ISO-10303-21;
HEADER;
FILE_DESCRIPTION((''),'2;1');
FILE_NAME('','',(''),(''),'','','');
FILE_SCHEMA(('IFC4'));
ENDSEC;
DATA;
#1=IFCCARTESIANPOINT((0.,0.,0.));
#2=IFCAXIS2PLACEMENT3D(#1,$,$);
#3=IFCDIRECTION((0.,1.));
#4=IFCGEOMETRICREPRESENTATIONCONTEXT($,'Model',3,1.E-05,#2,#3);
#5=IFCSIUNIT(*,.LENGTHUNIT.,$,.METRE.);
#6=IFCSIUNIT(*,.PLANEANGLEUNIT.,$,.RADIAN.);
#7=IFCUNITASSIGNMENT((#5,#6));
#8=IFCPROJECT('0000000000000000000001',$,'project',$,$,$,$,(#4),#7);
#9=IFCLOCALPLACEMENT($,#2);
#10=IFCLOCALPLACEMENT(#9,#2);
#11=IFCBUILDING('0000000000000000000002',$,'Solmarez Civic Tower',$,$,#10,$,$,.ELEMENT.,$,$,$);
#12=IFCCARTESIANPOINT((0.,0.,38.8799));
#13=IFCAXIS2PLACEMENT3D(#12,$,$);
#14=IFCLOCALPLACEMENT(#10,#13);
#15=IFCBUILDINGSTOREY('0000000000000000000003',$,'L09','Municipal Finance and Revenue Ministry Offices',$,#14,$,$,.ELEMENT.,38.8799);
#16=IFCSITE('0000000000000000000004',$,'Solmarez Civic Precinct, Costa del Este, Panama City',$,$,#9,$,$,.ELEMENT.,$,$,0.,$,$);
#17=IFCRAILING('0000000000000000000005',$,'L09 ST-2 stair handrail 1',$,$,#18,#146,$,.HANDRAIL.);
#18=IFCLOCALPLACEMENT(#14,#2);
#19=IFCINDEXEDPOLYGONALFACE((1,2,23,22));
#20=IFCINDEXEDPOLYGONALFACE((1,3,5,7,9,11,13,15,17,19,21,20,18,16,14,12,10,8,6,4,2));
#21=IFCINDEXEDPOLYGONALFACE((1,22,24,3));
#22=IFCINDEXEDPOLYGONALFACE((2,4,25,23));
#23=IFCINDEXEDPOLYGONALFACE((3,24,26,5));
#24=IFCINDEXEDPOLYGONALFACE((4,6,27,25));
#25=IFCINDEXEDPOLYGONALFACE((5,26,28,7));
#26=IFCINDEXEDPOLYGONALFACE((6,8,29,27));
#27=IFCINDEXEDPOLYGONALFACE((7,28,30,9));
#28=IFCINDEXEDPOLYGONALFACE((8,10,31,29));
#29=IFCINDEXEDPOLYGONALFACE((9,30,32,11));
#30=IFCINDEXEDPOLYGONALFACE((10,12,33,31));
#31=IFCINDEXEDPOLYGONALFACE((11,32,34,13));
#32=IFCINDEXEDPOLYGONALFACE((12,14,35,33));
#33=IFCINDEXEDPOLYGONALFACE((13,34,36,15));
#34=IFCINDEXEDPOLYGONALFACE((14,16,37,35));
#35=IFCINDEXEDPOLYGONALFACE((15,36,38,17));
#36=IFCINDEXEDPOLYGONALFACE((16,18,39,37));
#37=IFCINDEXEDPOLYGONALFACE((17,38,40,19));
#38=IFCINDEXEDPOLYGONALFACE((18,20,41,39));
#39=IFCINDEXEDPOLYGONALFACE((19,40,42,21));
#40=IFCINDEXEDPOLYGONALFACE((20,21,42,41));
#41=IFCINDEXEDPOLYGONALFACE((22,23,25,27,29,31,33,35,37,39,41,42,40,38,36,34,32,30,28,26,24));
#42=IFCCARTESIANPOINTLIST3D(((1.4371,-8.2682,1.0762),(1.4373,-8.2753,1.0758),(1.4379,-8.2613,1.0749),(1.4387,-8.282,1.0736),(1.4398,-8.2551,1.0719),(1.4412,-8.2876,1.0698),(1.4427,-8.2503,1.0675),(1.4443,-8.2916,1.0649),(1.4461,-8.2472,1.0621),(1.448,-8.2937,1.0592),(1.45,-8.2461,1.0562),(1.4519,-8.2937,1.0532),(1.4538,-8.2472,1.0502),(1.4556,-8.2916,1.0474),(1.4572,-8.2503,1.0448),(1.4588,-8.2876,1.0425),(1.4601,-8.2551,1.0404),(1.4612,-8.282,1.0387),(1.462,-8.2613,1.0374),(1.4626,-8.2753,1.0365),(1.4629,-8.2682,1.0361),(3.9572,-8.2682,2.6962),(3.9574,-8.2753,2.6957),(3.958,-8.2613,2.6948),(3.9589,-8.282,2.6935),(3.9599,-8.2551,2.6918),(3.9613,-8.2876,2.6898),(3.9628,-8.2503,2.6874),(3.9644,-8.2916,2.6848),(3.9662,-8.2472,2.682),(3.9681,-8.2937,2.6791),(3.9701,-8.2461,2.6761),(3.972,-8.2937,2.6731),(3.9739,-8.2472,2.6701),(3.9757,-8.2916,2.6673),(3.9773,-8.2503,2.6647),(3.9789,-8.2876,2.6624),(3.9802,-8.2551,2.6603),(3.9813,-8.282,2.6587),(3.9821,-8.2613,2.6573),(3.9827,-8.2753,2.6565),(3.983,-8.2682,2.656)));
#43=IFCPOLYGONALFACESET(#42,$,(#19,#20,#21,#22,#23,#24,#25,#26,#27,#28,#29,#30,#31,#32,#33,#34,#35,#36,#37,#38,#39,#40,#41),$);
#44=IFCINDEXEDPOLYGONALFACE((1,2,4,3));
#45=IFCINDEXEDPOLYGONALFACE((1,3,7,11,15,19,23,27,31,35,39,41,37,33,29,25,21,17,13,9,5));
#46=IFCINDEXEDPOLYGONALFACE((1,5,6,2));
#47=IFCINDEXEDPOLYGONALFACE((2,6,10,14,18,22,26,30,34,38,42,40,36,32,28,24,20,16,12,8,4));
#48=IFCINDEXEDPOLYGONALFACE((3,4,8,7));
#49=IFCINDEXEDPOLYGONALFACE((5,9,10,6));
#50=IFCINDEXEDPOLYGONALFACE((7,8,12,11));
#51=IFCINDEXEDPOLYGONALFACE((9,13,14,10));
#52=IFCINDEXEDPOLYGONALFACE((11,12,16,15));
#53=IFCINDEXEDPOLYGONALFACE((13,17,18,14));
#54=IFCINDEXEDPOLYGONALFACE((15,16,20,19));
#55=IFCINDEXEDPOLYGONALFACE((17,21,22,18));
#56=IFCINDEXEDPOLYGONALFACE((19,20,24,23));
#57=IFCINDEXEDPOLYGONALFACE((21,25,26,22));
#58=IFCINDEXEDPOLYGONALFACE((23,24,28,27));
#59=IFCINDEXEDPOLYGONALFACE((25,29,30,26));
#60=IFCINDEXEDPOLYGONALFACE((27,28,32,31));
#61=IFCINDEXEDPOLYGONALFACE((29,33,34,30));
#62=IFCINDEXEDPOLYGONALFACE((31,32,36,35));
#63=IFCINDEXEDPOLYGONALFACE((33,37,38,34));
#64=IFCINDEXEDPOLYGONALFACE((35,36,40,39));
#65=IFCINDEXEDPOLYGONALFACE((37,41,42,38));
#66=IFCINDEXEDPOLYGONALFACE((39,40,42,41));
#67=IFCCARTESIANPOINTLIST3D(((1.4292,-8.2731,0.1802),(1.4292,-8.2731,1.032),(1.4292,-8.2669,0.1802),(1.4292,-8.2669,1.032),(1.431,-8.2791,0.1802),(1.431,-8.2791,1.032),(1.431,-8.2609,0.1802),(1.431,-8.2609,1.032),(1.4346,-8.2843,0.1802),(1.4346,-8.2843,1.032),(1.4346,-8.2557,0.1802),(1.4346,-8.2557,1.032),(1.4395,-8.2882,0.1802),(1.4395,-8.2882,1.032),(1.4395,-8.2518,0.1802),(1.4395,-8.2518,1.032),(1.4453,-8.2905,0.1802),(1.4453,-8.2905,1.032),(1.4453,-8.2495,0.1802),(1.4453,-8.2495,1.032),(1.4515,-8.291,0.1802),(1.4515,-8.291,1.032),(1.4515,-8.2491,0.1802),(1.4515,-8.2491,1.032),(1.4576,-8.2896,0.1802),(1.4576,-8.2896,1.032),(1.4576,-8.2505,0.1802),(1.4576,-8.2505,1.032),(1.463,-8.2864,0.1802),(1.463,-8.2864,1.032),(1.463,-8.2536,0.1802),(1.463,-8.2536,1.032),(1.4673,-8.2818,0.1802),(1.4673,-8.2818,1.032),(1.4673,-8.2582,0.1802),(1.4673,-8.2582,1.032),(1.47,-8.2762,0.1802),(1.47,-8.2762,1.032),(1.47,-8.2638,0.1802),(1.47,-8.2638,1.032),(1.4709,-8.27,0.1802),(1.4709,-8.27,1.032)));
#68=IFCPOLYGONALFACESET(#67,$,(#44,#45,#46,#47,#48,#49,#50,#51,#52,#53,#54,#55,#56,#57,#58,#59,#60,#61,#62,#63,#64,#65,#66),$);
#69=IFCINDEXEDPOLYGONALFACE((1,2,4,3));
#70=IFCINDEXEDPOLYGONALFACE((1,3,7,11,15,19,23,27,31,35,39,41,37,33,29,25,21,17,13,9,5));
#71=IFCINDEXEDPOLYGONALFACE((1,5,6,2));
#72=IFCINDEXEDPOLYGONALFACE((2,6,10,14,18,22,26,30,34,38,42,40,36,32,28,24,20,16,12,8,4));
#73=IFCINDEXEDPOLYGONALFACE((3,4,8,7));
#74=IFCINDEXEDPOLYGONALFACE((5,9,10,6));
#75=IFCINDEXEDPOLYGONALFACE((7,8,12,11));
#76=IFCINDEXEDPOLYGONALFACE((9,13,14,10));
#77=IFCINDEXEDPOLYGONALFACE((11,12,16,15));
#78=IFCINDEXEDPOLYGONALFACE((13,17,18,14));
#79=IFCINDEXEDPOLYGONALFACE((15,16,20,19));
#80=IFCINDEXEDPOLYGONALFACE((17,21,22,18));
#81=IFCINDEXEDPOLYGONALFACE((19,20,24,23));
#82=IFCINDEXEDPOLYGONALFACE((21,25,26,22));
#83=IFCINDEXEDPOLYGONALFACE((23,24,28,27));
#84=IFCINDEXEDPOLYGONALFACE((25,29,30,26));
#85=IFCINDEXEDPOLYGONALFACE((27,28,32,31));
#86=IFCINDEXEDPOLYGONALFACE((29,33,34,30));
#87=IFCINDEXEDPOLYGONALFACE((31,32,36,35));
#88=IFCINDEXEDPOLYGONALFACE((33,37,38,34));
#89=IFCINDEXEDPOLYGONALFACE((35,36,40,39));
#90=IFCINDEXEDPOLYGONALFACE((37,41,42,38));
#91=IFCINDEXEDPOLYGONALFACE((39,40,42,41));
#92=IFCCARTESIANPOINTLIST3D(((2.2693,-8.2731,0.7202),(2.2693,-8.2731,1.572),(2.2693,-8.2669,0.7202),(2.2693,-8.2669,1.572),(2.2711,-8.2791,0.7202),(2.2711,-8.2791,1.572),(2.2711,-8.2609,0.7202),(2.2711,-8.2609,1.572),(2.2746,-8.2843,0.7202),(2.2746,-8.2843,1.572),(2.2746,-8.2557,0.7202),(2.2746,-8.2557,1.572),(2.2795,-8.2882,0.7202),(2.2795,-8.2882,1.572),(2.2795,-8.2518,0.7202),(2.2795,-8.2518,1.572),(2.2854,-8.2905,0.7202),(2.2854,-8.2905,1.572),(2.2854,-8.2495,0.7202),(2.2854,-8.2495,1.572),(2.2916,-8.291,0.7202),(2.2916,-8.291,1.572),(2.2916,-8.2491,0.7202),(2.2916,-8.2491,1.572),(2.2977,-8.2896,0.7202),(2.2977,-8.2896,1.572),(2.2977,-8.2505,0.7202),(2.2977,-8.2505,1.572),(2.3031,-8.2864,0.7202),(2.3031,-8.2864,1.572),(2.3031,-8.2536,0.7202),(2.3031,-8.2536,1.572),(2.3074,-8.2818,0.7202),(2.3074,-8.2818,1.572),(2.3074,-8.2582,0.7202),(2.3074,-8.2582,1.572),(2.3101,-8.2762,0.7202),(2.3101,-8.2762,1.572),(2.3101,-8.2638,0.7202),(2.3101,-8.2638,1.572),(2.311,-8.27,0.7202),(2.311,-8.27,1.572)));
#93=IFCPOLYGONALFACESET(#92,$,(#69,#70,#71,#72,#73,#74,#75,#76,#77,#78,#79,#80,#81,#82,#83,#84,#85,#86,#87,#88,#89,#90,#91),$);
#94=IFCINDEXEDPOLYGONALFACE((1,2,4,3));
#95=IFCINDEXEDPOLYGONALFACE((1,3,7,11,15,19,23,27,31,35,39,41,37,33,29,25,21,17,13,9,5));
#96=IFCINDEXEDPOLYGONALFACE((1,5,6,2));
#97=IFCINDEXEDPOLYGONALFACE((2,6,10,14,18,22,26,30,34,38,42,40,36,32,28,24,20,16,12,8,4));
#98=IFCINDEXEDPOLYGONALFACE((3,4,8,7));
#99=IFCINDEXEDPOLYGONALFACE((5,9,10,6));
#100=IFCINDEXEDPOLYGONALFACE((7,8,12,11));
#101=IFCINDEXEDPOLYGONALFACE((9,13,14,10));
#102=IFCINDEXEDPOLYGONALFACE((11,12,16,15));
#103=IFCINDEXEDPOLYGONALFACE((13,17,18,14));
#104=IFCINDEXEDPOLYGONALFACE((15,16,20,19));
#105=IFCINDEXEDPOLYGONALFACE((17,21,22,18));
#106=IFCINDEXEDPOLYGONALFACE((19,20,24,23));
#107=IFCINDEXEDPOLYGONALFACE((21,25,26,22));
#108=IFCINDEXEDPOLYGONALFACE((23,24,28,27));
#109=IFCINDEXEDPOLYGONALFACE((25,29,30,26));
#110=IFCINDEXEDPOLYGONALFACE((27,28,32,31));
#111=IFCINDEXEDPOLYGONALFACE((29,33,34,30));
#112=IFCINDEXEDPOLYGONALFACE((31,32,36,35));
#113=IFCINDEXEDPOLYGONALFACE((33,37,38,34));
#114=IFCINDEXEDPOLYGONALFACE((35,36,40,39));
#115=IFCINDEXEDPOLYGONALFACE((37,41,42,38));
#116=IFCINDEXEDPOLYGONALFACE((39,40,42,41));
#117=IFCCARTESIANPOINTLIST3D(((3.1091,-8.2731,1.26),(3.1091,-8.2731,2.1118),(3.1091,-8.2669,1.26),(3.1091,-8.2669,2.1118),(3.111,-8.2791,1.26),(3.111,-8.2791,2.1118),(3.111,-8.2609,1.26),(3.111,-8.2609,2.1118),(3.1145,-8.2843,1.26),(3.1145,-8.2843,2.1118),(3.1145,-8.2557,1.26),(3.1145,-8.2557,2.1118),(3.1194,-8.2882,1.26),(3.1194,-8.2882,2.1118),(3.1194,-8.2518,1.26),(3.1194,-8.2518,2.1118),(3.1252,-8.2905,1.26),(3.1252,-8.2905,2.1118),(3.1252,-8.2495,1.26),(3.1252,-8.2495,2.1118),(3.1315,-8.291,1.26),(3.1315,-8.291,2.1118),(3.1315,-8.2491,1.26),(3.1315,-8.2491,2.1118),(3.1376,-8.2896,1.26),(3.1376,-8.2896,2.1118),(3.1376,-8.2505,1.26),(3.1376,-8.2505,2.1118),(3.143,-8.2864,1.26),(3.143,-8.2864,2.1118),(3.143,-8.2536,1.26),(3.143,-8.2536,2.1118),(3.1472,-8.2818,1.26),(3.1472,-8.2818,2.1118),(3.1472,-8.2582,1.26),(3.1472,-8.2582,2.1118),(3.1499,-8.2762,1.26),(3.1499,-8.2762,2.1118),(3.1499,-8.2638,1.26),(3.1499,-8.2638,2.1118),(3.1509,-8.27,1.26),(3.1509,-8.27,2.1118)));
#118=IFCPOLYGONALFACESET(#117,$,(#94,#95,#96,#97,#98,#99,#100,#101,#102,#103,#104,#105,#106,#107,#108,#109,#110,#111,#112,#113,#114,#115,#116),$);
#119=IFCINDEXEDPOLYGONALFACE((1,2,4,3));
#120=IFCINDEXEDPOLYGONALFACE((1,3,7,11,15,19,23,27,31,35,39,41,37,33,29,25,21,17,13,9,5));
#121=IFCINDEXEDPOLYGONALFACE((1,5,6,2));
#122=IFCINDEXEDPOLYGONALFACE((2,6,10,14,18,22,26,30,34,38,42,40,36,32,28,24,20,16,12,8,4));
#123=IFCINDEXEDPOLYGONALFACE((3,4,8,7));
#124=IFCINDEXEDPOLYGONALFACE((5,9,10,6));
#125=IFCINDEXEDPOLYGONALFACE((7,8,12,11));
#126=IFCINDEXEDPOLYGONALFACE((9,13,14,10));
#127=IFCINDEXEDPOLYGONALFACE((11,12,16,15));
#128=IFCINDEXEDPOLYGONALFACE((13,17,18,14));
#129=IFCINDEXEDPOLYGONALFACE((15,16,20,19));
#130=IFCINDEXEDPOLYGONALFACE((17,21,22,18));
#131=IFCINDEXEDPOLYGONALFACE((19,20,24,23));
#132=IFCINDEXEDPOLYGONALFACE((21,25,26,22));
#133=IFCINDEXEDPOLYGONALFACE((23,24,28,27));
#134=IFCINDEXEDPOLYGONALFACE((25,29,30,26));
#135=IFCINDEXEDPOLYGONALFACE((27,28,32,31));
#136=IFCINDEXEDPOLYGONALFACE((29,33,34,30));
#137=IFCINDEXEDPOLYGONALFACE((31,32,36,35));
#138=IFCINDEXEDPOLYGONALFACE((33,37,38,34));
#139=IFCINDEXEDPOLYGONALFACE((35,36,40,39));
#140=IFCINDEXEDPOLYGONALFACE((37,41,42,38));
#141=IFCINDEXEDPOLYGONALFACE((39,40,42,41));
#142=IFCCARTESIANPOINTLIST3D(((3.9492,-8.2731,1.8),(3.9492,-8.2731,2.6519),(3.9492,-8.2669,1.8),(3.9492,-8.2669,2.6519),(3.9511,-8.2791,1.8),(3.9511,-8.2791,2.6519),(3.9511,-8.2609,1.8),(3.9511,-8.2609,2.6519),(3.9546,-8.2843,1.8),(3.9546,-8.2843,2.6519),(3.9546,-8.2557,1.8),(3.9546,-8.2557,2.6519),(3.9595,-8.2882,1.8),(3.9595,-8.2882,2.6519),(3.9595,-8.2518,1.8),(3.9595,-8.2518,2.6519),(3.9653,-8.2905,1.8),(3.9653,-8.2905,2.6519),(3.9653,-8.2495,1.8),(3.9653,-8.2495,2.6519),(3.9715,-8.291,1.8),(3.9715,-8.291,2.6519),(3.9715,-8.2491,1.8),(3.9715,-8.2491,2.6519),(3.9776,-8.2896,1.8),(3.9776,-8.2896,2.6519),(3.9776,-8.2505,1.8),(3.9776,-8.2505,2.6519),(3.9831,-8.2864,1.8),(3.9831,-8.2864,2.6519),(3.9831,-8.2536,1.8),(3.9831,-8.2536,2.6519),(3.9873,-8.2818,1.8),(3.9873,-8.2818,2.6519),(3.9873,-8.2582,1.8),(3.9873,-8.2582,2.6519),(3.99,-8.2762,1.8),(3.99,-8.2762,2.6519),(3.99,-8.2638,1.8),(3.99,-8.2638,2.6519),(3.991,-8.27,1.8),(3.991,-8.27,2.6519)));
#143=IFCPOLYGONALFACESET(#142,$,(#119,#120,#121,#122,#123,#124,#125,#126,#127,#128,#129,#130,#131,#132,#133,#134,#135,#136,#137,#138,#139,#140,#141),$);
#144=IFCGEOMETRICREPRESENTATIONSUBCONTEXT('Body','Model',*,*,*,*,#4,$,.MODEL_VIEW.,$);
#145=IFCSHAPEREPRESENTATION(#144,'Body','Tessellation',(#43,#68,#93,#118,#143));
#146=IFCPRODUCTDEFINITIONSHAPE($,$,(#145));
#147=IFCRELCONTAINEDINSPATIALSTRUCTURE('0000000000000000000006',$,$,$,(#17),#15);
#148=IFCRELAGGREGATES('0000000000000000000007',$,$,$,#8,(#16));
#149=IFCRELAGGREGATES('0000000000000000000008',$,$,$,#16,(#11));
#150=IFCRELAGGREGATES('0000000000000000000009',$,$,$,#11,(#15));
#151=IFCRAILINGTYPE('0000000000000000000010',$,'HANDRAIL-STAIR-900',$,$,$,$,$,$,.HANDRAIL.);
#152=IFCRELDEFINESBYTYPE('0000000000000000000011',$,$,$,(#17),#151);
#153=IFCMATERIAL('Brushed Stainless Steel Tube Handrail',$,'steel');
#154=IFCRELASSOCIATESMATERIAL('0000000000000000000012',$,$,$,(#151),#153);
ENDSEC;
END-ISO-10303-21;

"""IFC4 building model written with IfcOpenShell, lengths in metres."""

from ifc_helpers import new_model, si_unit, direction, frame, origin, origin_2d, place, context, subcontext, project, spatial, circle, extrude, material, type_object, element, save


model = new_model("IFC4")

# Units and contexts
model_context = context("Model", 3, precision=1e-05, world=origin(), true_north=direction((0.0, 1.0)))
body_context = subcontext(model_context, "Body", "Model", "MODEL_VIEW")
ifc_project = project(units=[si_unit("LENGTHUNIT", "METRE"), si_unit("PLANEANGLEUNIT", "RADIAN")], contexts=[model_context])

# Site, building, storey
site_placement = place(None, origin())
site = spatial("IfcSite", under=ifc_project, at=site_placement, Name="Solmarez Civic Precinct, Costa del Este, Panama City", CompositionType="ELEMENT", RefElevation=0.0)
building_placement = place(site_placement, origin())
building = spatial("IfcBuilding", under=site, at=building_placement, Name="Solmarez Civic Tower", CompositionType="ELEMENT")
storey_placement = place(building_placement, frame((0.0, 0.0, 38.8799)))
storey = spatial("IfcBuildingStorey", under=building, at=storey_placement, Name="L09", Description="Municipal Finance and Revenue Ministry Offices", CompositionType="ELEMENT", Elevation=38.8799)

# Railing
ifc_material_1 = material(Name="Brushed Stainless Steel Tube Handrail", Category="steel")
railing_type_1 = type_object("IfcRailingType", Name="HANDRAIL-STAIR-900", PredefinedType="HANDRAIL", material=ifc_material_1)
railing_1_placement = place(storey_placement, frame((1.45, -8.27, 0.1802)))
element("IfcRailing", 1, at=railing_1_placement, inside=storey, type_object=railing_type_1, Name="L09 ST-2 stair handrail 1", PredefinedType="HANDRAIL", context=body_context, shape_type="SweptSolid", body=[
    extrude(circle(Radius=0.0239, at=origin_2d()), frame((0.0, 0.0, 0.876), z_axis=(0.8412, 0.0, 0.540725), x_axis=(0.0, 1.0, 0.0)), (0.0, 0.0, 1.0), 2.9958),
    extrude(circle(Radius=0.021, at=origin_2d()), origin(), (0.0, 0.0, 1.0), 0.8518),
    extrude(circle(Radius=0.021, at=origin_2d()), frame((0.8401, 0.0, 0.54)), (0.0, 0.0, 1.0), 0.8518),
    extrude(circle(Radius=0.021, at=origin_2d()), frame((1.6799, 0.0, 1.0798)), (0.0, 0.0, 1.0), 0.8518),
    extrude(circle(Radius=0.021, at=origin_2d()), frame((2.52, 0.0, 1.6199)), (0.0, 0.0, 1.0), 0.8518),
])

save(model, "model.ifc")
